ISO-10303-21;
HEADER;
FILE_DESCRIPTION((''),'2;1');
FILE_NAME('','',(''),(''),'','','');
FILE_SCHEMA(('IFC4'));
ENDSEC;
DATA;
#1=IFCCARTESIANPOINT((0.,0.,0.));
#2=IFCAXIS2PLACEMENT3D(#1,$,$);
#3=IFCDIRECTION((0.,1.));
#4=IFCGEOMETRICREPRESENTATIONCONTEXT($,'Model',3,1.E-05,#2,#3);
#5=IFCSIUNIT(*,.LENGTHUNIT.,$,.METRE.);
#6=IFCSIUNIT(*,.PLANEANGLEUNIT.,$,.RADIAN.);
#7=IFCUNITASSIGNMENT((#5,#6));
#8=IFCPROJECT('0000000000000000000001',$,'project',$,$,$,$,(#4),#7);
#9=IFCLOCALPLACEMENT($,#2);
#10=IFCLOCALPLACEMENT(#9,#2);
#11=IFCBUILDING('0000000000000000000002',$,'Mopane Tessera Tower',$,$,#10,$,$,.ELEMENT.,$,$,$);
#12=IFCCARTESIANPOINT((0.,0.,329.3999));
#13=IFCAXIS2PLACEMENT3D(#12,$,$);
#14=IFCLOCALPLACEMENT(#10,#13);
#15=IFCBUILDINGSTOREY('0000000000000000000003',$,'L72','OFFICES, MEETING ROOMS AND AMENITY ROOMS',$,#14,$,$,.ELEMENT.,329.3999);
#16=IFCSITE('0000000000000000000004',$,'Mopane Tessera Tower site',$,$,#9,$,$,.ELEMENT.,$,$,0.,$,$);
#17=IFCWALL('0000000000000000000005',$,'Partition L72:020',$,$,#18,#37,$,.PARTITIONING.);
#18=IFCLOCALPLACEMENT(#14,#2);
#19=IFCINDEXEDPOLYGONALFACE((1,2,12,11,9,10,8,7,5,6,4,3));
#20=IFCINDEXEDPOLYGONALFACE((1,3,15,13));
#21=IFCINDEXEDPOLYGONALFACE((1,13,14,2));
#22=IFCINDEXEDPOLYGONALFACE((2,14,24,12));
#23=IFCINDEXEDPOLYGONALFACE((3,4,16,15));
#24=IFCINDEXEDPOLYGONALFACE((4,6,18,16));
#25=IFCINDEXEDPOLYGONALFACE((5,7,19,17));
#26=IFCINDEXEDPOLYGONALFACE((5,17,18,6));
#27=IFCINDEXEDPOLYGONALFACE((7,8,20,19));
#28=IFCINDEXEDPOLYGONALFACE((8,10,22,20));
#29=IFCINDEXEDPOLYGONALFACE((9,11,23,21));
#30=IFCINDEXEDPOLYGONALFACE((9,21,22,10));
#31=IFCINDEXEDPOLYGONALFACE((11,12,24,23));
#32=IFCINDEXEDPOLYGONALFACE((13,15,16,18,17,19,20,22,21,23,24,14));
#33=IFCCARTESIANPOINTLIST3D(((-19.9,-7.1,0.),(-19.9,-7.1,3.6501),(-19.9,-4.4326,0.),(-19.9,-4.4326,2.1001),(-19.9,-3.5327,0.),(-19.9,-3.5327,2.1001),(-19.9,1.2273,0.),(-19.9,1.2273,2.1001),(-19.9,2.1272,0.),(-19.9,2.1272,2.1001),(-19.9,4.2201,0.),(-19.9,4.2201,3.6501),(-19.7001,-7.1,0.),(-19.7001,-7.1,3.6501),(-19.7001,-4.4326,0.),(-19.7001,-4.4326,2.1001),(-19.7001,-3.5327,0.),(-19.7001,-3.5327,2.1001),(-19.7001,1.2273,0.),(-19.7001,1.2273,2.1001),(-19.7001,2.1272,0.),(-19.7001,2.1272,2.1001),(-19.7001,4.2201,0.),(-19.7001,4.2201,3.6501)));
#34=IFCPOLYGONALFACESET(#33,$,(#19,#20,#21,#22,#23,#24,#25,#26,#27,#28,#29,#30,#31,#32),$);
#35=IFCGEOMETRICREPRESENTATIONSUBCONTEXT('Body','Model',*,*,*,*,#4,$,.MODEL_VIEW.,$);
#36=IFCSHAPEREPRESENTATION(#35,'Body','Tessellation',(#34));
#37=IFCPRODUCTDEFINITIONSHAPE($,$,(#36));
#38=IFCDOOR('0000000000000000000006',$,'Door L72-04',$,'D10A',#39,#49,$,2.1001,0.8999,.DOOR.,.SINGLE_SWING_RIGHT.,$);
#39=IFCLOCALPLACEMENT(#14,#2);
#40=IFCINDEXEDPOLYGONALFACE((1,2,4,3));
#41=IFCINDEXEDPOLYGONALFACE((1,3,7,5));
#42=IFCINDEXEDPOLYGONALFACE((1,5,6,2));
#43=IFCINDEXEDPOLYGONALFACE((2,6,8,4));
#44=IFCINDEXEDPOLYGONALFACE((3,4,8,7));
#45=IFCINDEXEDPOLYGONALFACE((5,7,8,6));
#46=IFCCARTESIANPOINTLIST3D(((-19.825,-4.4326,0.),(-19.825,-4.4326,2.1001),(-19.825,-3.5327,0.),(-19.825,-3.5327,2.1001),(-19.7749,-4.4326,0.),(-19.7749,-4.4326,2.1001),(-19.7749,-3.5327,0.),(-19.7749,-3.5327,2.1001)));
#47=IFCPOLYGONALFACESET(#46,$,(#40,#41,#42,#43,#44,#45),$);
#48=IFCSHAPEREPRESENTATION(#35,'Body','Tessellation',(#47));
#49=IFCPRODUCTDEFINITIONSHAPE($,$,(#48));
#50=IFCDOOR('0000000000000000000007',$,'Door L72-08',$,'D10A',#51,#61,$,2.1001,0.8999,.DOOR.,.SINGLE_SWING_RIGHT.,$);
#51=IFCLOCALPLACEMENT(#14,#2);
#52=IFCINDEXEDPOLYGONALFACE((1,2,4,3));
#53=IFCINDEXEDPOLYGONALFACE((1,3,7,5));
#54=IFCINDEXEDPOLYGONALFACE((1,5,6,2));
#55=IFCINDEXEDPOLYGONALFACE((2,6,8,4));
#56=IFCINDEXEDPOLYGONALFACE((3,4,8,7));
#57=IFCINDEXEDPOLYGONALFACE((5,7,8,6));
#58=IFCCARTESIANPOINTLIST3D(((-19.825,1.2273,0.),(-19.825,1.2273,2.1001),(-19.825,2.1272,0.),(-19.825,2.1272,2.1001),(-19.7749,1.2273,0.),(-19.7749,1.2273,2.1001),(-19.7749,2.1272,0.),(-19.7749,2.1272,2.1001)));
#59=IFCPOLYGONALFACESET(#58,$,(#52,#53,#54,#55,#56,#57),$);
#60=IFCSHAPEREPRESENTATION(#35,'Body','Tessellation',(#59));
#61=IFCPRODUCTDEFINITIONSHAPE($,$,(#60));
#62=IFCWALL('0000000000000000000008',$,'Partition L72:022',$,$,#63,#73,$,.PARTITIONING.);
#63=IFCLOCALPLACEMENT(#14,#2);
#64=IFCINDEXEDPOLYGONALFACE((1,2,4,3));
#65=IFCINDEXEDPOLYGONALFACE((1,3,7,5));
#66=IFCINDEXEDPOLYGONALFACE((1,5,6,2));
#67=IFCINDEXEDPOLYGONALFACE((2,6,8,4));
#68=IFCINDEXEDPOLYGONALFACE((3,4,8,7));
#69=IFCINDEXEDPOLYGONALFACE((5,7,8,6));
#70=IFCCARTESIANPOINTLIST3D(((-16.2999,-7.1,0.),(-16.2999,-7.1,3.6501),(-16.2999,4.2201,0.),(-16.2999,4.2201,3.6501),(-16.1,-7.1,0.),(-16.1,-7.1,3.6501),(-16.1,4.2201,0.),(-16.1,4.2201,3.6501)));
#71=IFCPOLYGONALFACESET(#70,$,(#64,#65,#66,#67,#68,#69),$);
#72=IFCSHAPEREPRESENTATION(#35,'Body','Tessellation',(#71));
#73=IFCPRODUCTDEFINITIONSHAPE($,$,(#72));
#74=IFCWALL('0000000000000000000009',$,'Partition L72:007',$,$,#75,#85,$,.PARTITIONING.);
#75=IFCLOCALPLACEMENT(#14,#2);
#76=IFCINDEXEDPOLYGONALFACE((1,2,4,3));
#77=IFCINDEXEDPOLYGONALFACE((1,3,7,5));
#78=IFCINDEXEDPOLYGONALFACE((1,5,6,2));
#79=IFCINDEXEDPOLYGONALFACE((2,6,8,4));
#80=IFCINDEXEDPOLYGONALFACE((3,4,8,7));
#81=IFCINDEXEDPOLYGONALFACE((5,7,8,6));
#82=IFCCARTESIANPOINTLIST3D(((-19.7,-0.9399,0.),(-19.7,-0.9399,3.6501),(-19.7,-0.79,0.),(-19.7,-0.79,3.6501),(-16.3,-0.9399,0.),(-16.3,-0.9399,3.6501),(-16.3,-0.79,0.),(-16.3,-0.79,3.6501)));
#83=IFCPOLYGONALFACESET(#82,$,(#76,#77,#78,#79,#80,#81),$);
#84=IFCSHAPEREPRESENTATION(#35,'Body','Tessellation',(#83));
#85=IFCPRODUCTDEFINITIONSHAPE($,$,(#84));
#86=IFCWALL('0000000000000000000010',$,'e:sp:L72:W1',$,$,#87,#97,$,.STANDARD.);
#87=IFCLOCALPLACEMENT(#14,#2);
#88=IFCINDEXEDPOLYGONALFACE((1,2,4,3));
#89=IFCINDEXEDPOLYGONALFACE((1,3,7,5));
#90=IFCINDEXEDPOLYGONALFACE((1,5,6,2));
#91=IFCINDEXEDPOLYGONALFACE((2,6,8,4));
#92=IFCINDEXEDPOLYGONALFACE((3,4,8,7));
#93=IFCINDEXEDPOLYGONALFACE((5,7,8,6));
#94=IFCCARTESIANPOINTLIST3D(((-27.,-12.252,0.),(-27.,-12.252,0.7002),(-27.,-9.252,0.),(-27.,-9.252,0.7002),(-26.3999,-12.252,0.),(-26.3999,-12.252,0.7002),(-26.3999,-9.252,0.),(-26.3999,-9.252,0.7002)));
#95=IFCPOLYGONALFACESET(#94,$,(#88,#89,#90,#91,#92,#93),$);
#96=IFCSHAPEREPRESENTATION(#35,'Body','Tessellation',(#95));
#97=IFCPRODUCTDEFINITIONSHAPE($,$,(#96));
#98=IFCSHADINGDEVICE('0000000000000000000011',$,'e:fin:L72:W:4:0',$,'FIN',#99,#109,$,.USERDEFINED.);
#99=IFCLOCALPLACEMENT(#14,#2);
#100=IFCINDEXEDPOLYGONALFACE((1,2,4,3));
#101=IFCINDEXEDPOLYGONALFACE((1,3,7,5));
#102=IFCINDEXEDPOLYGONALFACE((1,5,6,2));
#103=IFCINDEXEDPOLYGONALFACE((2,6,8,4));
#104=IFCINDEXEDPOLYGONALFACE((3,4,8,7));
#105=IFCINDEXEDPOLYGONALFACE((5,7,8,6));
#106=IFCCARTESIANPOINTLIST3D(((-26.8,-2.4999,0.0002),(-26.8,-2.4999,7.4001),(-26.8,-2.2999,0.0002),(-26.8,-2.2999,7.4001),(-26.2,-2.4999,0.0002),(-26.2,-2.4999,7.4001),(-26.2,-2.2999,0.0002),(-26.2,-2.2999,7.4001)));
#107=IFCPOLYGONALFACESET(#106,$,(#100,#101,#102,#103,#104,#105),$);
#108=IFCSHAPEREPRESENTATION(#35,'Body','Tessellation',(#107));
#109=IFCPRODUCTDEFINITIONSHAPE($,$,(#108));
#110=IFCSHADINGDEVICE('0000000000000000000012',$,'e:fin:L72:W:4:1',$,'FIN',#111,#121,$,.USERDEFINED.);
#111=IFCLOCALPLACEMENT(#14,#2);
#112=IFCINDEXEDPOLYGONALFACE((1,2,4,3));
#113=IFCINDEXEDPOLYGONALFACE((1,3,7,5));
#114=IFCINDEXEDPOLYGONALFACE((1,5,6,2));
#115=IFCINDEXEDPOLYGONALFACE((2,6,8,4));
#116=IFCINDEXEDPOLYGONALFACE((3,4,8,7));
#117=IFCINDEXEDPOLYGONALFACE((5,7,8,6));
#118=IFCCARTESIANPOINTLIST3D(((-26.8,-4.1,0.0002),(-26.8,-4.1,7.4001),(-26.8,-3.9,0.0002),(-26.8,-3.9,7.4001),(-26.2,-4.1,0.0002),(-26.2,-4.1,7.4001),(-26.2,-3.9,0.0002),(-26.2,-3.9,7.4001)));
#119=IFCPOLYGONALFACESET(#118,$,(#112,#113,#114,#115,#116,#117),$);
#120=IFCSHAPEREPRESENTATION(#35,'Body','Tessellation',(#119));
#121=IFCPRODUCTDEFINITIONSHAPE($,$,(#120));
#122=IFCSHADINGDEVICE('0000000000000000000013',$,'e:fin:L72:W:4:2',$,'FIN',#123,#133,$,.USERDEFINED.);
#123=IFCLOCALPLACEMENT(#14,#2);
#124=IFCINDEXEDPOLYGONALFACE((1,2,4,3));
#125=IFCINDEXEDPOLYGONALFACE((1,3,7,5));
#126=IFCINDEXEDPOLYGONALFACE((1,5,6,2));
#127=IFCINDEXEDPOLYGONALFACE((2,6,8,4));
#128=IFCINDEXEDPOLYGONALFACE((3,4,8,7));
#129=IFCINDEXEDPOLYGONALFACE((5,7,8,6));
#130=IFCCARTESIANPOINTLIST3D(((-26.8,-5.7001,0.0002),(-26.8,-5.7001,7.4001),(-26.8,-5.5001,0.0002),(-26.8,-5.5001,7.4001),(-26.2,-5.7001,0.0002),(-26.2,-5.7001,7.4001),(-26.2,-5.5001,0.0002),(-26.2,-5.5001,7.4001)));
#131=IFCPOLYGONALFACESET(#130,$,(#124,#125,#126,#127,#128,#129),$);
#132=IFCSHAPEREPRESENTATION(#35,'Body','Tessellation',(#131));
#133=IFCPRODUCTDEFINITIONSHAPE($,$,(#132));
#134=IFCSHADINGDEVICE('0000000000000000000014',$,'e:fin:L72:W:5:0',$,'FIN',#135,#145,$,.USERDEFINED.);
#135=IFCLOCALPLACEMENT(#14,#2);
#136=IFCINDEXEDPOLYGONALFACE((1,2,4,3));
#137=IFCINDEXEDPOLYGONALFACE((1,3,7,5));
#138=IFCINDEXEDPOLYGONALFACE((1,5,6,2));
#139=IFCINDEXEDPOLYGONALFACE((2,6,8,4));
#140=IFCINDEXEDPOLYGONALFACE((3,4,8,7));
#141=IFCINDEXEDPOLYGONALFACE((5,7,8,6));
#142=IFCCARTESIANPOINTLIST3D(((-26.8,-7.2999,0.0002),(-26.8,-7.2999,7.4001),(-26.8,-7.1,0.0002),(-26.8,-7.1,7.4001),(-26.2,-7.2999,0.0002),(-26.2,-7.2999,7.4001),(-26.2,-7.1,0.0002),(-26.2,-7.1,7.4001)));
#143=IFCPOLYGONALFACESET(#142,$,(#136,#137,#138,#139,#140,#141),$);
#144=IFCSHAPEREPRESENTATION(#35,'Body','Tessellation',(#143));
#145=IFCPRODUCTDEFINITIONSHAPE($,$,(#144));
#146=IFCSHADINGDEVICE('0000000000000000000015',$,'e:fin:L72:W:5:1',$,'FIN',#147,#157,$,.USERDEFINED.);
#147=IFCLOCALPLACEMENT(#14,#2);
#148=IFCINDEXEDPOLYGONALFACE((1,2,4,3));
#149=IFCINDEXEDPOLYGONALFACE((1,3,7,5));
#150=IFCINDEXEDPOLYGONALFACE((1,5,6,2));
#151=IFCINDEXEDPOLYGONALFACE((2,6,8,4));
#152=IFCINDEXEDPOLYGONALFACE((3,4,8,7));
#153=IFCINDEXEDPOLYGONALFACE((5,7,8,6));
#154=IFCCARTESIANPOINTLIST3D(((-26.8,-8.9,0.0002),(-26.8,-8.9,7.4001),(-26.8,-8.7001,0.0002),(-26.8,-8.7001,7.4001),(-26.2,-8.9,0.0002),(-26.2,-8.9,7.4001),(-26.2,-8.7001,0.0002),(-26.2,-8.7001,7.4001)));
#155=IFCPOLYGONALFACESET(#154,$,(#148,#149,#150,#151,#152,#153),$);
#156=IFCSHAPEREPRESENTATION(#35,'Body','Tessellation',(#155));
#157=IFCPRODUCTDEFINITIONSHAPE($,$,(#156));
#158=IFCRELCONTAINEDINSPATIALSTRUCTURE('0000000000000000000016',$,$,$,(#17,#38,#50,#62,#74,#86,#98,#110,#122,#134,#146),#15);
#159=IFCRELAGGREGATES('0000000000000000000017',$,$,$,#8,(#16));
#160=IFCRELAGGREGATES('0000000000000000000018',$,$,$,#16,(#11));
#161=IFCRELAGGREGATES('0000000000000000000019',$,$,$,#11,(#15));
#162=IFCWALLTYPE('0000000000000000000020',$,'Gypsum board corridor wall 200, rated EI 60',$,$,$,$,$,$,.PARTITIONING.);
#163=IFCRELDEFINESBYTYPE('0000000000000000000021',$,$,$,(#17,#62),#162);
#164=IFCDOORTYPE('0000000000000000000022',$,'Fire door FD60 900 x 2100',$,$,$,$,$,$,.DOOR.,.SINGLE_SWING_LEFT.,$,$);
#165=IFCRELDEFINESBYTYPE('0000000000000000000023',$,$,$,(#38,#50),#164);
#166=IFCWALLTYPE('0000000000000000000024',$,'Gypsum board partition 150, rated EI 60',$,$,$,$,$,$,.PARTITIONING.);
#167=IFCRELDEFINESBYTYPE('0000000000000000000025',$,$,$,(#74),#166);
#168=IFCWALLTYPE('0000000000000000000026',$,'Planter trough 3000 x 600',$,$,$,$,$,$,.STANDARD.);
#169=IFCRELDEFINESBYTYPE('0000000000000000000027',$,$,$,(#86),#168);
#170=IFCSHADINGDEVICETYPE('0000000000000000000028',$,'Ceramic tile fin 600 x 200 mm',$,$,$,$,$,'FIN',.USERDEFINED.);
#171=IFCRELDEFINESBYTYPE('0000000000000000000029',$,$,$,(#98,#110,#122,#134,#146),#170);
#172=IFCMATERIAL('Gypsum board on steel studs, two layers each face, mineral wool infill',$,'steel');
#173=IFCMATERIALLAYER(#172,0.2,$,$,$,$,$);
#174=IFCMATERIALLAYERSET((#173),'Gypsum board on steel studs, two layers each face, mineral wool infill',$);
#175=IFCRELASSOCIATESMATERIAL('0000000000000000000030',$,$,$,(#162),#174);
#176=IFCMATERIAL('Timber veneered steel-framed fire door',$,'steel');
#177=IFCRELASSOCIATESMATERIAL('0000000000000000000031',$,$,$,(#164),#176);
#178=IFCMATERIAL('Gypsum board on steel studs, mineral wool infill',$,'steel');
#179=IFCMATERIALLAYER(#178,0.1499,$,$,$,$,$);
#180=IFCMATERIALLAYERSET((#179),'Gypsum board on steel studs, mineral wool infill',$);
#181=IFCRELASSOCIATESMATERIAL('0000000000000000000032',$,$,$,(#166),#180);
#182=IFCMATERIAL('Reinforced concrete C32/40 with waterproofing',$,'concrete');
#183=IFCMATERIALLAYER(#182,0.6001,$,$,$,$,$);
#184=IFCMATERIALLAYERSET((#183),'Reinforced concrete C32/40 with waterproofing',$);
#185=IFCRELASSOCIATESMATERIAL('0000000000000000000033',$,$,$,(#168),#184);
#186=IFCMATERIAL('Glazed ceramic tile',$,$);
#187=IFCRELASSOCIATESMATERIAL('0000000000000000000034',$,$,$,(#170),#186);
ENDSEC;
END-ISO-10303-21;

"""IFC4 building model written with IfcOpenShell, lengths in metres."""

from ifc_helpers import new_model, si_unit, direction, frame, frame_2d, origin, origin_2d, place, context, subcontext, project, spatial, rectangle, extrude, material, layer, layer_set, type_object, element, fill, save


model = new_model("IFC4")

# Units and contexts
model_context = context("Model", 3, precision=1e-05, world=origin(), true_north=direction((0.0, 1.0)))
body_context = subcontext(model_context, "Body", "Model", "MODEL_VIEW")
ifc_project = project(units=[si_unit("LENGTHUNIT", "METRE"), si_unit("PLANEANGLEUNIT", "RADIAN")], contexts=[model_context])

# Site, building, storey
site_placement = place(None, origin())
site = spatial("IfcSite", under=ifc_project, at=site_placement, Name="Mopane Tessera Tower site", CompositionType="ELEMENT", RefElevation=0.0)
building_placement = place(site_placement, origin())
building = spatial("IfcBuilding", under=site, at=building_placement, Name="Mopane Tessera Tower", CompositionType="ELEMENT")
storey_placement = place(building_placement, frame((0.0, 0.0, 329.3999)))
storey = spatial("IfcBuildingStorey", under=building, at=storey_placement, Name="L72", Description="OFFICES, MEETING ROOMS AND AMENITY ROOMS", CompositionType="ELEMENT", Elevation=329.3999)

# Shared definitions
ifc_material_1 = material(Name="Gypsum board on steel studs, two layers each face, mineral wool infill", Category="steel")
ifc_layer_1 = layer(ifc_material_1, 0.2)
ifc_layer_set_1 = layer_set([ifc_layer_1], Name="Gypsum board on steel studs, two layers each face, mineral wool infill")
wall_type_1 = type_object("IfcWallType", Name="Gypsum board corridor wall 200, rated EI 60", PredefinedType="PARTITIONING", material=ifc_layer_set_1)

# Wall, openings, doors
ifc_material_2 = material(Name="Timber veneered steel-framed fire door", Category="steel")
door_type_1 = type_object("IfcDoorType", Name="Fire door FD60 900 x 2100", OperationType="SINGLE_SWING_LEFT", PredefinedType="DOOR", material=ifc_material_2)
wall_1_placement = place(storey_placement, frame((-19.8, -7.1001, 0.0), z_axis=(0.0, 0.0, 1.0), x_axis=(0.0, 1.0, 0.0)))
wall_1 = element("IfcWall", 1, at=wall_1_placement, inside=storey, type_object=wall_type_1, Name="Partition L72:020", PredefinedType="PARTITIONING", context=body_context, shape_type="SweptSolid", body=[
    extrude(rectangle(XDim=11.3201, YDim=0.2, at=frame_2d((5.6602, 0.0))), origin(), (0.0, 0.0, 1.0), 3.6501),
])
opening_1_placement = place(wall_1_placement, frame((2.6675, 0.0, 0.0)))
opening_1 = element("IfcOpeningElement", 2, at=opening_1_placement, cuts=wall_1, PredefinedType="OPENING", context=body_context, shape_type="SweptSolid", body=[
    extrude(rectangle(XDim=0.8999, YDim=2.1001, at=frame_2d((0.45, 1.05))), frame((0.0, 0.1121, 0.0), z_axis=(0.0, -1.0, 0.0), x_axis=(1.0, 0.0, 0.0)), (0.0, 0.0, 1.0), 0.2239),
])
opening_2_placement = place(wall_1_placement, frame((8.3274, 0.0, 0.0)))
opening_2 = element("IfcOpeningElement", 3, at=opening_2_placement, cuts=wall_1, PredefinedType="OPENING", context=body_context, shape_type="SweptSolid", body=[
    extrude(rectangle(XDim=0.8999, YDim=2.1001, at=frame_2d((0.45, 1.05))), frame((0.0, 0.1121, 0.0), z_axis=(0.0, -1.0, 0.0), x_axis=(1.0, 0.0, 0.0)), (0.0, 0.0, 1.0), 0.2239),
])
door_1_placement = place(opening_1_placement, origin())
door_1 = element("IfcDoor", 4, at=door_1_placement, inside=storey, type_object=door_type_1, Name="Door L72-04", ObjectType="D10A", OperationType="SINGLE_SWING_RIGHT", OverallHeight=2.1001, OverallWidth=0.8999, PredefinedType="DOOR", context=body_context, shape_type="SweptSolid", body=[
    extrude(rectangle(XDim=0.8999, YDim=2.1001, at=frame_2d((0.45, 1.05))), frame((0.0, 0.0249, 0.0), z_axis=(0.0, -1.0, 0.0), x_axis=(1.0, 0.0, 0.0)), (0.0, 0.0, 1.0), 0.05),
])
fill(opening_1, door_1)
door_2_placement = place(opening_2_placement, origin())
door_2 = element("IfcDoor", 5, at=door_2_placement, inside=storey, type_object=door_type_1, Name="Door L72-08", ObjectType="D10A", OperationType="SINGLE_SWING_RIGHT", OverallHeight=2.1001, OverallWidth=0.8999, PredefinedType="DOOR", context=body_context, shape_type="SweptSolid", body=[
    extrude(rectangle(XDim=0.8999, YDim=2.1001, at=frame_2d((0.45, 1.05))), frame((0.0, 0.0249, 0.0), z_axis=(0.0, -1.0, 0.0), x_axis=(1.0, 0.0, 0.0)), (0.0, 0.0, 1.0), 0.05),
])
fill(opening_2, door_2)

# Walls
wall_2_placement = place(storey_placement, frame((-16.2, -7.1001, 0.0), z_axis=(0.0, 0.0, 1.0), x_axis=(0.0, 1.0, 0.0)))
element("IfcWall", 6, at=wall_2_placement, inside=storey, type_object=wall_type_1, Name="Partition L72:022", PredefinedType="PARTITIONING", context=body_context, shape_type="SweptSolid", body=[
    extrude(rectangle(XDim=11.3201, YDim=0.2, at=frame_2d((5.6602, 0.0))), origin(), (0.0, 0.0, 1.0), 3.6501),
])
ifc_material_3 = material(Name="Gypsum board on steel studs, mineral wool infill", Category="steel")
ifc_layer_2 = layer(ifc_material_3, 0.1499)
ifc_layer_set_2 = layer_set([ifc_layer_2], Name="Gypsum board on steel studs, mineral wool infill")
wall_type_2 = type_object("IfcWallType", Name="Gypsum board partition 150, rated EI 60", PredefinedType="PARTITIONING", material=ifc_layer_set_2)
wall_3_placement = place(storey_placement, frame((-19.7, -0.865, 0.0), z_axis=(0.0, 0.0, 1.0), x_axis=(1.0, 0.0, 0.0)))
element("IfcWall", 7, at=wall_3_placement, inside=storey, type_object=wall_type_2, Name="Partition L72:007", PredefinedType="PARTITIONING", context=body_context, shape_type="SweptSolid", body=[
    extrude(rectangle(XDim=3.3999, YDim=0.1499, at=frame_2d((1.7, 0.0))), origin(), (0.0, 0.0, 1.0), 3.6501),
])
ifc_material_4 = material(Name="Reinforced concrete C32/40 with waterproofing", Category="concrete")
ifc_layer_3 = layer(ifc_material_4, 0.6001)
ifc_layer_set_3 = layer_set([ifc_layer_3], Name="Reinforced concrete C32/40 with waterproofing")
wall_type_3 = type_object("IfcWallType", Name="Planter trough 3000 x 600", PredefinedType="STANDARD", material=ifc_layer_set_3)
wall_4_placement = place(storey_placement, frame((-26.7, -9.252, 0.0), z_axis=(0.0, 0.0, 1.0), x_axis=(0.0, -1.0, 0.0)))
element("IfcWall", 8, at=wall_4_placement, inside=storey, type_object=wall_type_3, Name="e:sp:L72:W1", PredefinedType="STANDARD", context=body_context, shape_type="SweptSolid", body=[
    extrude(rectangle(XDim=3.0, YDim=0.6001, at=frame_2d((1.5, 0.0))), origin(), (0.0, 0.0, 1.0), 0.7002),
])

# Shading devices
ifc_material_5 = material(Name="Glazed ceramic tile")
shading_device_type = type_object("IfcShadingDeviceType", Name="Ceramic tile fin 600 x 200 mm", ElementType="FIN", PredefinedType="USERDEFINED", material=ifc_material_5)
for number, where, z_axis, x_axis, name in (
    (9, (-26.5, -2.3999, 0.0002), (0.0, 0.0, 1.0), (0.0, -1.0, 0.0), "e:fin:L72:W:4:0"),
    (10, (-26.5, -4.0, 0.0002), (0.0, 0.0, 1.0), (0.0, -1.0, 0.0), "e:fin:L72:W:4:1"),
    (11, (-26.5, -5.6001, 0.0002), (0.0, 0.0, 1.0), (0.0, -1.0, 0.0), "e:fin:L72:W:4:2"),
    (12, (-26.5, -7.2, 0.0002), (0.0, 0.0, 1.0), (0.0, -1.0, 0.0), "e:fin:L72:W:5:0"),
    (13, (-26.5, -8.8, 0.0002), (0.0, 0.0, 1.0), (0.0, -1.0, 0.0), "e:fin:L72:W:5:1"),
):
    element("IfcShadingDevice", number, at=place(storey_placement, frame(where, z_axis=z_axis, x_axis=x_axis)), inside=storey, type_object=shading_device_type, Name=name, ObjectType="FIN", PredefinedType="USERDEFINED", context=body_context, shape_type="SweptSolid", body=[
        extrude(rectangle(XDim=0.2, YDim=0.6001, at=origin_2d()), origin(), (0.0, 0.0, 1.0), 7.3999),
    ])

save(model, "model.ifc")
